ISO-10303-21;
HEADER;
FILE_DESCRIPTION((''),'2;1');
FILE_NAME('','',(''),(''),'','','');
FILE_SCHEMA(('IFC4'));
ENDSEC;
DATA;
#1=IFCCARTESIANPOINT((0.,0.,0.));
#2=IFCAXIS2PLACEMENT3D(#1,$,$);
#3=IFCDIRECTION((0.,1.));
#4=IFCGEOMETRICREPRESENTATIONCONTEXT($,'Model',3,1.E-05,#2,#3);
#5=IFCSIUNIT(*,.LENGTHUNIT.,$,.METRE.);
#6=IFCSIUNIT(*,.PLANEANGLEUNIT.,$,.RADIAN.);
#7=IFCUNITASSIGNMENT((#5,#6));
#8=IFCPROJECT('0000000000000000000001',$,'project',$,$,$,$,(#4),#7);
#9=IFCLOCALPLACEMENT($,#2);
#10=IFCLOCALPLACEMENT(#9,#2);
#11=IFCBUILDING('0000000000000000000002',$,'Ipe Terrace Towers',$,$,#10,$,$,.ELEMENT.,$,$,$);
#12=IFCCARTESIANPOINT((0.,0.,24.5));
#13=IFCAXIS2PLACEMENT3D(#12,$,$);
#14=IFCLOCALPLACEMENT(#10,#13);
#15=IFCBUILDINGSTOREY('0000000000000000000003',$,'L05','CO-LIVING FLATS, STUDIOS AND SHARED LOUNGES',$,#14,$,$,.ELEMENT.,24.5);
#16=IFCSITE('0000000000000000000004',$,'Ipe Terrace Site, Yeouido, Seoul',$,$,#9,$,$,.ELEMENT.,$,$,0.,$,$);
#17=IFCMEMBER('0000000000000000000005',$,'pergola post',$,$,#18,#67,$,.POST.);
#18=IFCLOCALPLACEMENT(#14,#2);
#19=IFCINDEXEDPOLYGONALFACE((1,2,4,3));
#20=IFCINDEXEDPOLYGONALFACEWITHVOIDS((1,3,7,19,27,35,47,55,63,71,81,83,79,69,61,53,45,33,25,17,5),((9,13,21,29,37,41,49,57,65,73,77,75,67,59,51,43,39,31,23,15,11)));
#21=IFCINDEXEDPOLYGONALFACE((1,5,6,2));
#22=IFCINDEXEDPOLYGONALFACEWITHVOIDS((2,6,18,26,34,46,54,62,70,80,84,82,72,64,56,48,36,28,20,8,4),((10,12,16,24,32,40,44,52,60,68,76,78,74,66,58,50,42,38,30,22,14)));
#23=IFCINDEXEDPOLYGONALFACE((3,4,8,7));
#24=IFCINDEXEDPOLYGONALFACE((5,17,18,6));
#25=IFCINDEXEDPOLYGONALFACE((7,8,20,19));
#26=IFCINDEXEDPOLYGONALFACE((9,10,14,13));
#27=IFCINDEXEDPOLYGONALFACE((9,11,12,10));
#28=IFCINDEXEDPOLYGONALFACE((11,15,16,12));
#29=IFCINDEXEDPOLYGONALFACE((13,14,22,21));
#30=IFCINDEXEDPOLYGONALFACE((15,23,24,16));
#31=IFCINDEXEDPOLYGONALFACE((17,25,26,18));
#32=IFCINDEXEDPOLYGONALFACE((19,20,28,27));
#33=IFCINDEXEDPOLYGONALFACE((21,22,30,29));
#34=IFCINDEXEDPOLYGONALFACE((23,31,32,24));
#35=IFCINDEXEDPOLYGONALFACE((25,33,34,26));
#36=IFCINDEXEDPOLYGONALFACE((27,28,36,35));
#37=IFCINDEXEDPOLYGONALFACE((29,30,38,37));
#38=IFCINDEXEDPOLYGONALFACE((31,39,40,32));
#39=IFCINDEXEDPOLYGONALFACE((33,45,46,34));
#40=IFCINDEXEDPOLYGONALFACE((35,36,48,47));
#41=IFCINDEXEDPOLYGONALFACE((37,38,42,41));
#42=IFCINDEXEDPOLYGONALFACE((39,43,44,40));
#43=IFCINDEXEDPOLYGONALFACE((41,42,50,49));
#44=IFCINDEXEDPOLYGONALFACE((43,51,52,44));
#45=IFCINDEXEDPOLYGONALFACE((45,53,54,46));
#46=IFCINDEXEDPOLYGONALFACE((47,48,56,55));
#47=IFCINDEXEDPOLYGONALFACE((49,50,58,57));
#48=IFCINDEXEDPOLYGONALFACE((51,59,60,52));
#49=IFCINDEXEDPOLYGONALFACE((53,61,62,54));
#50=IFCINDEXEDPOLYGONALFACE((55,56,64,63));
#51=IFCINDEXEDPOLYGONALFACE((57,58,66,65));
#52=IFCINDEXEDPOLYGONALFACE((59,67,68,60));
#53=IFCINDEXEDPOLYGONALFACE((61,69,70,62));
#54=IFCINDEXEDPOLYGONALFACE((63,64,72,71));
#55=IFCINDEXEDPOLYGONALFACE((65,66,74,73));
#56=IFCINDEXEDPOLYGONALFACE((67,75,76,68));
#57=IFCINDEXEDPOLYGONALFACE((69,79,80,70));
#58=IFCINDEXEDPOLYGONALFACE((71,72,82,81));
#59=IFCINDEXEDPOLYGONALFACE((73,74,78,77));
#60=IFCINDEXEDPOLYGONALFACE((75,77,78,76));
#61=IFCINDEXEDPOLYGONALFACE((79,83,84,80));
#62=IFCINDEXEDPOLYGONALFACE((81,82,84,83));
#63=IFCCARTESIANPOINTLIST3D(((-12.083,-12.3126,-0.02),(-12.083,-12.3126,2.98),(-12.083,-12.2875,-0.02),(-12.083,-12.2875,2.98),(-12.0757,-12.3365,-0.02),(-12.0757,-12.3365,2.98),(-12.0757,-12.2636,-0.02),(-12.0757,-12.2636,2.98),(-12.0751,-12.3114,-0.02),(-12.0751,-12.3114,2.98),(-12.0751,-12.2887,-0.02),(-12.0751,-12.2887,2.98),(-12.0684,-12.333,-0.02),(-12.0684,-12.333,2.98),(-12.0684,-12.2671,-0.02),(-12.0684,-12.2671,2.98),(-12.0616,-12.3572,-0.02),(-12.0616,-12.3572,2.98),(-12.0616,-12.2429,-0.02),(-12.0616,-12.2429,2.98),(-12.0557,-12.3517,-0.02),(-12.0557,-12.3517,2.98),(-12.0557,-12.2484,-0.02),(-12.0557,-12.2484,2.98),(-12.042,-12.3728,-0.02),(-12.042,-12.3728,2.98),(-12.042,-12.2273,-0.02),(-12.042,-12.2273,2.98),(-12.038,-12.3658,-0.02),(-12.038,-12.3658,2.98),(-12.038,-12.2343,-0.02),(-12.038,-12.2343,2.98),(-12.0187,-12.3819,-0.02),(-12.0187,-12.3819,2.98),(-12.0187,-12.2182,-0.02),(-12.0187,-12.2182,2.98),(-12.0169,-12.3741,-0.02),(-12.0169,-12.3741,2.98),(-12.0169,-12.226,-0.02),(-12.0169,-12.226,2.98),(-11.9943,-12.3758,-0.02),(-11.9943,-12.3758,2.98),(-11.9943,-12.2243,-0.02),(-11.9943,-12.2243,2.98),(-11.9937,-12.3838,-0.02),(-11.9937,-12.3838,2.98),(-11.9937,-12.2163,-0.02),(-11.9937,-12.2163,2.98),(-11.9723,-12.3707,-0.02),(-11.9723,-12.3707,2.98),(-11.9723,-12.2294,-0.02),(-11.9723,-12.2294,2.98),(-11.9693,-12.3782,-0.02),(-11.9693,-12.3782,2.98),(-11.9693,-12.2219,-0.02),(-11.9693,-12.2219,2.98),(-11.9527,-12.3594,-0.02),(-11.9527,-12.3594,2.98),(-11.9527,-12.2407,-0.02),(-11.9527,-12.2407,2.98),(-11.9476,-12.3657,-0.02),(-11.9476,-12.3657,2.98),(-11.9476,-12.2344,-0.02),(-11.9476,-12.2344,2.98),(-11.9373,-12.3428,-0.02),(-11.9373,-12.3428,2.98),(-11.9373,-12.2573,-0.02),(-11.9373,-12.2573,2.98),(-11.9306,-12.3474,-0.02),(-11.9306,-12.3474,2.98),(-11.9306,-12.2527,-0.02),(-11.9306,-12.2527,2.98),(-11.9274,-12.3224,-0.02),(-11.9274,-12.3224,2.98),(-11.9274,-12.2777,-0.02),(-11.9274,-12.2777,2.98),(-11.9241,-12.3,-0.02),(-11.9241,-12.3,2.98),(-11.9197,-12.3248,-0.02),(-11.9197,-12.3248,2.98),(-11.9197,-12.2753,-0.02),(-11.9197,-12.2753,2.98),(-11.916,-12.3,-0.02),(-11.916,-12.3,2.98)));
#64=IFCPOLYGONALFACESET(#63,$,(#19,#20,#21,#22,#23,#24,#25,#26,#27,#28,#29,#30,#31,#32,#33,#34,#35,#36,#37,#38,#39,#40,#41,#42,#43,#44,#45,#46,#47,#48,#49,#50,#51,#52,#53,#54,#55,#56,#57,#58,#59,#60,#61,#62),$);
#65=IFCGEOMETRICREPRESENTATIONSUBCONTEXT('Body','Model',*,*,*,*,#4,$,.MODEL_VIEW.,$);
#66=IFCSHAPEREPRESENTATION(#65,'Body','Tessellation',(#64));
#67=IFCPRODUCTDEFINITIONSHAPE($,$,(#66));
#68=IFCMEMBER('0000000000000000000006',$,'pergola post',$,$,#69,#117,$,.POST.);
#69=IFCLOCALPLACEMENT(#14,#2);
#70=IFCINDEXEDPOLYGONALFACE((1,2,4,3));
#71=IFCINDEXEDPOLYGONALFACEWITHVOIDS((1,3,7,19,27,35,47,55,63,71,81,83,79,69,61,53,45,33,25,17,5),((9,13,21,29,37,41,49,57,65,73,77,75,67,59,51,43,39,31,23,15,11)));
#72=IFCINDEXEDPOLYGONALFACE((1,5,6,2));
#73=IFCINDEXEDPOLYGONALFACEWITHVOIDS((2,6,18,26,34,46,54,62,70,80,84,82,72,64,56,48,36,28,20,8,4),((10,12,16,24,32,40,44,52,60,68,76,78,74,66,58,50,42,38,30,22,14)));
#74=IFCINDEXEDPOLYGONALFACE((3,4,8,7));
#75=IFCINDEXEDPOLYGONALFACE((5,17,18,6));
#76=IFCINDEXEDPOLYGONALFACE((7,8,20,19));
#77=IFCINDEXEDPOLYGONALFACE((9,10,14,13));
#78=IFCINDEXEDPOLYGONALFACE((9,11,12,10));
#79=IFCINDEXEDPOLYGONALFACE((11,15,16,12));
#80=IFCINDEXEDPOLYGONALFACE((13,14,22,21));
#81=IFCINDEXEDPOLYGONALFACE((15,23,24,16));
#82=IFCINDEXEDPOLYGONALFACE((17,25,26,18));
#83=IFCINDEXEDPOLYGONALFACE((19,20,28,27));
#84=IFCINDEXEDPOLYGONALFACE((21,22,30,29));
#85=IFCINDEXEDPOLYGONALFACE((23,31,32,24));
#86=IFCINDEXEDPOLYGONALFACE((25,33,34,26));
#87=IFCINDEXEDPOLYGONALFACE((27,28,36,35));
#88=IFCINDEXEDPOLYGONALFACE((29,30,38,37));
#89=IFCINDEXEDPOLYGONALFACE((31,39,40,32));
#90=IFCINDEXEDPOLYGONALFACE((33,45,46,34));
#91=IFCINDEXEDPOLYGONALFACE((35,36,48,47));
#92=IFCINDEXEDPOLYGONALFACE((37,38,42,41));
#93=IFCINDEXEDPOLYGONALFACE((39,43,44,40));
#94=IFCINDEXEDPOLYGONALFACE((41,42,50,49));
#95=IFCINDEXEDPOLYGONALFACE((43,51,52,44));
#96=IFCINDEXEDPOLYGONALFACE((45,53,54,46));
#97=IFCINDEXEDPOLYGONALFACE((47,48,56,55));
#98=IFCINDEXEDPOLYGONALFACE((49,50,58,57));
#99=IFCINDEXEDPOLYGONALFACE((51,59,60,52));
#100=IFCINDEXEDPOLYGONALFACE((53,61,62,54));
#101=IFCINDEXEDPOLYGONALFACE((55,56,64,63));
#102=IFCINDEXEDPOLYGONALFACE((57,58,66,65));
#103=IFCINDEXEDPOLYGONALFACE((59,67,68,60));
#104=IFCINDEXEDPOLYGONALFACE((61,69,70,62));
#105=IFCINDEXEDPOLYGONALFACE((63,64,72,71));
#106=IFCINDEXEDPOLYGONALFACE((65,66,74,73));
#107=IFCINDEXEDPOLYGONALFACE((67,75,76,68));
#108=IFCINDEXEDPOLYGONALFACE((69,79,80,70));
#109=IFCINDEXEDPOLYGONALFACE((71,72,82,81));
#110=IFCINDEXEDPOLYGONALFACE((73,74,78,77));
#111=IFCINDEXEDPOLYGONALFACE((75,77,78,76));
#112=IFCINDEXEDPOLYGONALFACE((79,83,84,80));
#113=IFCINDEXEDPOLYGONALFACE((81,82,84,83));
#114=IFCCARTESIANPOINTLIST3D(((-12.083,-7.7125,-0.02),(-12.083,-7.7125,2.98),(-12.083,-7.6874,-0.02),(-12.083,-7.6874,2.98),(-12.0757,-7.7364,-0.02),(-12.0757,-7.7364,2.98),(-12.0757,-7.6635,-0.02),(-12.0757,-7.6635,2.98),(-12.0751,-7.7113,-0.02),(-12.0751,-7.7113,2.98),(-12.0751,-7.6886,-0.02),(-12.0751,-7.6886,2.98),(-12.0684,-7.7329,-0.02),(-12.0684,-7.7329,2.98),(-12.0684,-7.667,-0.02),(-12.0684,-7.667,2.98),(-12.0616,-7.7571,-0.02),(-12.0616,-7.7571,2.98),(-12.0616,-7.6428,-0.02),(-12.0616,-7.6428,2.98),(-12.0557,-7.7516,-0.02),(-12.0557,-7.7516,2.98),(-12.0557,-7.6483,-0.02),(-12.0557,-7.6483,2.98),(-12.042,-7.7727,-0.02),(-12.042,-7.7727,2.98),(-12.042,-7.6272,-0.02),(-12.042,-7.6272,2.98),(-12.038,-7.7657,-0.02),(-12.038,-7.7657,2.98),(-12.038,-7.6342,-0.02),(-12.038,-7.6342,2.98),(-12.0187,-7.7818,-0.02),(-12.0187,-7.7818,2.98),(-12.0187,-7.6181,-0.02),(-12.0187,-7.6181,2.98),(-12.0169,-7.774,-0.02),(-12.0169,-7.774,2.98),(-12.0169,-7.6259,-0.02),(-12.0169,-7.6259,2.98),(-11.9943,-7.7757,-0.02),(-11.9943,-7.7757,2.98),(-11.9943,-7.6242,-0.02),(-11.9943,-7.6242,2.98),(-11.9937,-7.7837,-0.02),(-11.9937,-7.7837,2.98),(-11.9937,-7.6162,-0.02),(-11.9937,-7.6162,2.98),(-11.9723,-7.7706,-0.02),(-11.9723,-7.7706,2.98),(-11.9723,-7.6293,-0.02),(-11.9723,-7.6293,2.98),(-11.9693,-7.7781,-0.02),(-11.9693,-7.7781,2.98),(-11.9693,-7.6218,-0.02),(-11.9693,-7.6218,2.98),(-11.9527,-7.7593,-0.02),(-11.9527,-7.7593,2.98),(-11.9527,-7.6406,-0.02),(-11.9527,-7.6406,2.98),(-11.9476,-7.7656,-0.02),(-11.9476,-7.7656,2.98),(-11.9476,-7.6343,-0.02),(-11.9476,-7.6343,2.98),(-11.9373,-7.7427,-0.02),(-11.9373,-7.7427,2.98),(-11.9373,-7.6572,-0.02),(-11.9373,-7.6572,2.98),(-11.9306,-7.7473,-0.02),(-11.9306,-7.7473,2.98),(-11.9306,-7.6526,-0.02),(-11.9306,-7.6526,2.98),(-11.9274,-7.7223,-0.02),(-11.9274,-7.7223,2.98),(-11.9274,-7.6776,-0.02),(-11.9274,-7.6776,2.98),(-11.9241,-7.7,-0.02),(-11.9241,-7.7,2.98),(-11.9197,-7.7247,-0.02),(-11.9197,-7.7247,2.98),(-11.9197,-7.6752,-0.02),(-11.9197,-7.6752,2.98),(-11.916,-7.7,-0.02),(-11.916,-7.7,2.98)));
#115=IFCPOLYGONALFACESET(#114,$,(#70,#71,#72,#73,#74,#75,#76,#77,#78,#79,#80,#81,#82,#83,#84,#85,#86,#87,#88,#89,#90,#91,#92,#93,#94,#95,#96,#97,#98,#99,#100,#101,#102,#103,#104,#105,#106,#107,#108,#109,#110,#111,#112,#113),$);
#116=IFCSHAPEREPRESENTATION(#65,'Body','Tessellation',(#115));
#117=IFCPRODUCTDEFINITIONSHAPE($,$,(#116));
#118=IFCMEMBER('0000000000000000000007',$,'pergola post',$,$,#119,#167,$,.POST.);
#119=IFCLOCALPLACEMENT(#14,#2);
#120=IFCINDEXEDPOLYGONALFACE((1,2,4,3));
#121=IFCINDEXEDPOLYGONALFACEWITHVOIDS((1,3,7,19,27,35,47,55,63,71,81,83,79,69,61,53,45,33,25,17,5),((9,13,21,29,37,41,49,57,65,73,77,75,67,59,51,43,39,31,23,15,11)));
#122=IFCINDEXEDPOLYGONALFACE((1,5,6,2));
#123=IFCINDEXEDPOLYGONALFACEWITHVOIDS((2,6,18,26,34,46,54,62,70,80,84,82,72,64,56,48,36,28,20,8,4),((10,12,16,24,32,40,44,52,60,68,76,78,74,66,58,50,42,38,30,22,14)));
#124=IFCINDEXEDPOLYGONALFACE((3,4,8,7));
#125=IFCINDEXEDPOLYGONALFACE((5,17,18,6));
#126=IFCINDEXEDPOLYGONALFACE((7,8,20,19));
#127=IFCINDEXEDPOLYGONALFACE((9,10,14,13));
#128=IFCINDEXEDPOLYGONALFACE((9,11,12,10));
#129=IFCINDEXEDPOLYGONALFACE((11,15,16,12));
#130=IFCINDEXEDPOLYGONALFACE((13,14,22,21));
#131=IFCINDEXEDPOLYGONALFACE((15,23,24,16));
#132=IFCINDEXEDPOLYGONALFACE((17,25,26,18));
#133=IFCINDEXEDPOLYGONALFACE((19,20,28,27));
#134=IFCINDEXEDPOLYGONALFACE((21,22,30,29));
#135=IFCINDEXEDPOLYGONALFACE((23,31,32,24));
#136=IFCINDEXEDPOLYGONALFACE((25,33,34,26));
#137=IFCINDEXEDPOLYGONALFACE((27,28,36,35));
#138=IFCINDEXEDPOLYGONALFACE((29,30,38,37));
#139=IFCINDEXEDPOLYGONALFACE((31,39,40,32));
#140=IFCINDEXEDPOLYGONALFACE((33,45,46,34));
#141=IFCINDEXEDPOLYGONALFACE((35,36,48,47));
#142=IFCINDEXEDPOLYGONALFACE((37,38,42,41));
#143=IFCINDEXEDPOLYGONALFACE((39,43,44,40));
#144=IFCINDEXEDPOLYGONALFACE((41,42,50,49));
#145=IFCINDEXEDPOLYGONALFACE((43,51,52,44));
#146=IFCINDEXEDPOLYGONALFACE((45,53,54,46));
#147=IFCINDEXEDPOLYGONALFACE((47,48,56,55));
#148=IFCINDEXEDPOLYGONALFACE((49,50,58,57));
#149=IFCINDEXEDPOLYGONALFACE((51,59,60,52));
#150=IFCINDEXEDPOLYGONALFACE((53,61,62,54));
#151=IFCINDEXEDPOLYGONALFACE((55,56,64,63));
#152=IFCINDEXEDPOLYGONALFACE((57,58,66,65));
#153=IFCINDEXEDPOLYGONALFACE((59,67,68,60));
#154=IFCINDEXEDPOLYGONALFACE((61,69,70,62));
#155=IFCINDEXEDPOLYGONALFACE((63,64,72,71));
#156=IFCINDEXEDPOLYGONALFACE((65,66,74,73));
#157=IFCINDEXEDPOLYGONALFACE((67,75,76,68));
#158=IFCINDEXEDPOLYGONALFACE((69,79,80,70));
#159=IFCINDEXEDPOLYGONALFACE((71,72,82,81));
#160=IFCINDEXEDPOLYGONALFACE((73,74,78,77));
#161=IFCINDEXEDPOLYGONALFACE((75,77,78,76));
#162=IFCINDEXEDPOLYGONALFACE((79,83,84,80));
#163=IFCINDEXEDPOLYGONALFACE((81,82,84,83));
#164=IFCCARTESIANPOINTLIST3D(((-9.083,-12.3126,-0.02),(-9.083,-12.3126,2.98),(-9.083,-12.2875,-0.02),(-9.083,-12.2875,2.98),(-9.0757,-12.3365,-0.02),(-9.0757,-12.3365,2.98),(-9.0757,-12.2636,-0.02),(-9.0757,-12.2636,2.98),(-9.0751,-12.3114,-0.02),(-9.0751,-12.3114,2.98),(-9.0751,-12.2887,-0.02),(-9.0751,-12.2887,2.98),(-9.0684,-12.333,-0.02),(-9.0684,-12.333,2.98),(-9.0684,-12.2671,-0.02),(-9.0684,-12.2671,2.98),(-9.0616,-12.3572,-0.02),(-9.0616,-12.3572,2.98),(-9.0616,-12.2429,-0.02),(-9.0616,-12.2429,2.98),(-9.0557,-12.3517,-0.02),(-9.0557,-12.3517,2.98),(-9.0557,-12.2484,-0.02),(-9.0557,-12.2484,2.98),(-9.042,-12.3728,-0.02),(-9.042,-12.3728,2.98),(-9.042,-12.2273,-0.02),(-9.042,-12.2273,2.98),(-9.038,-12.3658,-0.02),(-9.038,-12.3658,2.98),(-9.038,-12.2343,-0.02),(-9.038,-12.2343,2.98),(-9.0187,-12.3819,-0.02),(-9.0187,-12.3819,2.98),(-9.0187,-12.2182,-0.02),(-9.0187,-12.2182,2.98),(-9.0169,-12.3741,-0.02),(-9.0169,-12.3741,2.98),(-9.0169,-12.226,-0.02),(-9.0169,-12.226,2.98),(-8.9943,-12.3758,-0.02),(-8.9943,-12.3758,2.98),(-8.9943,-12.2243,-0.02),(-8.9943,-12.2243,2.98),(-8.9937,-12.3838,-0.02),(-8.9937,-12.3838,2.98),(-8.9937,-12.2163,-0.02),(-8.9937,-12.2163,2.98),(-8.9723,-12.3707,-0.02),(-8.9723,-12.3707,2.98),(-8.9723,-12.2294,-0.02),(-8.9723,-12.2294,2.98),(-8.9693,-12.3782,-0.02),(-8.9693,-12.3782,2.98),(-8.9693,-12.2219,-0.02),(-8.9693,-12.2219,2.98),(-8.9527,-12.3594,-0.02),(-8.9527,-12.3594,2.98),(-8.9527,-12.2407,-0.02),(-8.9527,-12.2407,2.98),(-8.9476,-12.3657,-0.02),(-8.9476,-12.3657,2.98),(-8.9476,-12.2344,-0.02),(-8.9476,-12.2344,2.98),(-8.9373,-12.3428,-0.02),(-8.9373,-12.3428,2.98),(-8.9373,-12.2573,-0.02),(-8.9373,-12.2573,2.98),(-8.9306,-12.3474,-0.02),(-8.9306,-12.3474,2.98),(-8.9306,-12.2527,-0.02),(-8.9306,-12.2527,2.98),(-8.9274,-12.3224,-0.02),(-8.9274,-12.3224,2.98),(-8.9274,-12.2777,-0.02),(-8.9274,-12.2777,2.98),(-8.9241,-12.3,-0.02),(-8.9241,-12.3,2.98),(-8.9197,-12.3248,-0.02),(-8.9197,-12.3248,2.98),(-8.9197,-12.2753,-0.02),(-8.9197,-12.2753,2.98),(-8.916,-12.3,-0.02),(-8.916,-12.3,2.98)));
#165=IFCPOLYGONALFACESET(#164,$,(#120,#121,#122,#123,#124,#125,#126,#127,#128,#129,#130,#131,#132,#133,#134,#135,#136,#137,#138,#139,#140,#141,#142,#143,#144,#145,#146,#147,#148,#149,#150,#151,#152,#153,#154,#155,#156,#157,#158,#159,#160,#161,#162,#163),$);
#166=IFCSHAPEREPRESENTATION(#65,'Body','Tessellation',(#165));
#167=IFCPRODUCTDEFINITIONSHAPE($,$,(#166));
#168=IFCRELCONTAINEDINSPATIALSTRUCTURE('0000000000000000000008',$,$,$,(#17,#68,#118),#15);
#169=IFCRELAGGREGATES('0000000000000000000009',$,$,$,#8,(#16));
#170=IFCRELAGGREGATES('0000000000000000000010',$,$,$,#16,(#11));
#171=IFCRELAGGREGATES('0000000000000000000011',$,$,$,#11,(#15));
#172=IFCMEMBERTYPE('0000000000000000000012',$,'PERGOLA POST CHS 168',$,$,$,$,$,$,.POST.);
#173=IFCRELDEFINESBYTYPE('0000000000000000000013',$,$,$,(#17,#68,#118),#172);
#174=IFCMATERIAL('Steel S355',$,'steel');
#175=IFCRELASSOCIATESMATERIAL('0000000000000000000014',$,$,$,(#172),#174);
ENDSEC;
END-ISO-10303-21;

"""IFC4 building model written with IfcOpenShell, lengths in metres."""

from ifc_helpers import new_model, si_unit, direction, frame, origin, origin_2d, place, context, subcontext, project, spatial, hollow_circle, extrude, material, material_profile, profile_set, type_object, element, save


model = new_model("IFC4")

# Units and contexts
model_context = context("Model", 3, precision=1e-05, world=origin(), true_north=direction((0.0, 1.0)))
body_context = subcontext(model_context, "Body", "Model", "MODEL_VIEW")
ifc_project = project(units=[si_unit("LENGTHUNIT", "METRE"), si_unit("PLANEANGLEUNIT", "RADIAN")], contexts=[model_context])

# Site, building, storey
site_placement = place(None, origin())
site = spatial("IfcSite", under=ifc_project, at=site_placement, Name="Ipe Terrace Site, Yeouido, Seoul", CompositionType="ELEMENT", RefElevation=0.0)
building_placement = place(site_placement, origin())
building = spatial("IfcBuilding", under=site, at=building_placement, Name="Ipe Terrace Towers", CompositionType="ELEMENT")
storey_placement = place(building_placement, frame((0.0, 0.0, 24.5)))
storey = spatial("IfcBuildingStorey", under=building, at=storey_placement, Name="L05", Description="CO-LIVING FLATS, STUDIOS AND SHARED LOUNGES", CompositionType="ELEMENT", Elevation=24.5)

# Members
ifc_material_1 = material(Name="Steel S355", Category="steel")
ifc_material_profile_1 = material_profile(ifc_material_1, hollow_circle(Radius=0.084, WallThickness=0.0081, at=origin_2d()), Name="PERGOLA POST CHS 168")
ifc_profile_set_1 = profile_set([ifc_material_profile_1], Name="Steel S355")
member_type_1 = type_object("IfcMemberType", Name="PERGOLA POST CHS 168", PredefinedType="POST", material=ifc_profile_set_1)
for number, where, z_axis, x_axis, name in (
    (1, (-12.0, -12.3, -0.02), (0.0, 0.0, 1.0), (1.0, 0.0, 0.0), "pergola post"),
    (2, (-12.0, -7.7, -0.02), (0.0, 0.0, 1.0), (1.0, 0.0, 0.0), "pergola post"),
    (3, (-9.0, -12.3, -0.02), (0.0, 0.0, 1.0), (1.0, 0.0, 0.0), "pergola post"),
):
    element("IfcMember", number, at=place(storey_placement, frame(where, z_axis=z_axis, x_axis=x_axis)), inside=storey, type_object=member_type_1, Name=name, PredefinedType="POST", context=body_context, shape_type="SweptSolid", body=[
        extrude(hollow_circle(Radius=0.084, WallThickness=0.0081, at=origin_2d()), origin(), (0.0, 0.0, 1.0), 3.0),
    ])

save(model, "model.ifc")
